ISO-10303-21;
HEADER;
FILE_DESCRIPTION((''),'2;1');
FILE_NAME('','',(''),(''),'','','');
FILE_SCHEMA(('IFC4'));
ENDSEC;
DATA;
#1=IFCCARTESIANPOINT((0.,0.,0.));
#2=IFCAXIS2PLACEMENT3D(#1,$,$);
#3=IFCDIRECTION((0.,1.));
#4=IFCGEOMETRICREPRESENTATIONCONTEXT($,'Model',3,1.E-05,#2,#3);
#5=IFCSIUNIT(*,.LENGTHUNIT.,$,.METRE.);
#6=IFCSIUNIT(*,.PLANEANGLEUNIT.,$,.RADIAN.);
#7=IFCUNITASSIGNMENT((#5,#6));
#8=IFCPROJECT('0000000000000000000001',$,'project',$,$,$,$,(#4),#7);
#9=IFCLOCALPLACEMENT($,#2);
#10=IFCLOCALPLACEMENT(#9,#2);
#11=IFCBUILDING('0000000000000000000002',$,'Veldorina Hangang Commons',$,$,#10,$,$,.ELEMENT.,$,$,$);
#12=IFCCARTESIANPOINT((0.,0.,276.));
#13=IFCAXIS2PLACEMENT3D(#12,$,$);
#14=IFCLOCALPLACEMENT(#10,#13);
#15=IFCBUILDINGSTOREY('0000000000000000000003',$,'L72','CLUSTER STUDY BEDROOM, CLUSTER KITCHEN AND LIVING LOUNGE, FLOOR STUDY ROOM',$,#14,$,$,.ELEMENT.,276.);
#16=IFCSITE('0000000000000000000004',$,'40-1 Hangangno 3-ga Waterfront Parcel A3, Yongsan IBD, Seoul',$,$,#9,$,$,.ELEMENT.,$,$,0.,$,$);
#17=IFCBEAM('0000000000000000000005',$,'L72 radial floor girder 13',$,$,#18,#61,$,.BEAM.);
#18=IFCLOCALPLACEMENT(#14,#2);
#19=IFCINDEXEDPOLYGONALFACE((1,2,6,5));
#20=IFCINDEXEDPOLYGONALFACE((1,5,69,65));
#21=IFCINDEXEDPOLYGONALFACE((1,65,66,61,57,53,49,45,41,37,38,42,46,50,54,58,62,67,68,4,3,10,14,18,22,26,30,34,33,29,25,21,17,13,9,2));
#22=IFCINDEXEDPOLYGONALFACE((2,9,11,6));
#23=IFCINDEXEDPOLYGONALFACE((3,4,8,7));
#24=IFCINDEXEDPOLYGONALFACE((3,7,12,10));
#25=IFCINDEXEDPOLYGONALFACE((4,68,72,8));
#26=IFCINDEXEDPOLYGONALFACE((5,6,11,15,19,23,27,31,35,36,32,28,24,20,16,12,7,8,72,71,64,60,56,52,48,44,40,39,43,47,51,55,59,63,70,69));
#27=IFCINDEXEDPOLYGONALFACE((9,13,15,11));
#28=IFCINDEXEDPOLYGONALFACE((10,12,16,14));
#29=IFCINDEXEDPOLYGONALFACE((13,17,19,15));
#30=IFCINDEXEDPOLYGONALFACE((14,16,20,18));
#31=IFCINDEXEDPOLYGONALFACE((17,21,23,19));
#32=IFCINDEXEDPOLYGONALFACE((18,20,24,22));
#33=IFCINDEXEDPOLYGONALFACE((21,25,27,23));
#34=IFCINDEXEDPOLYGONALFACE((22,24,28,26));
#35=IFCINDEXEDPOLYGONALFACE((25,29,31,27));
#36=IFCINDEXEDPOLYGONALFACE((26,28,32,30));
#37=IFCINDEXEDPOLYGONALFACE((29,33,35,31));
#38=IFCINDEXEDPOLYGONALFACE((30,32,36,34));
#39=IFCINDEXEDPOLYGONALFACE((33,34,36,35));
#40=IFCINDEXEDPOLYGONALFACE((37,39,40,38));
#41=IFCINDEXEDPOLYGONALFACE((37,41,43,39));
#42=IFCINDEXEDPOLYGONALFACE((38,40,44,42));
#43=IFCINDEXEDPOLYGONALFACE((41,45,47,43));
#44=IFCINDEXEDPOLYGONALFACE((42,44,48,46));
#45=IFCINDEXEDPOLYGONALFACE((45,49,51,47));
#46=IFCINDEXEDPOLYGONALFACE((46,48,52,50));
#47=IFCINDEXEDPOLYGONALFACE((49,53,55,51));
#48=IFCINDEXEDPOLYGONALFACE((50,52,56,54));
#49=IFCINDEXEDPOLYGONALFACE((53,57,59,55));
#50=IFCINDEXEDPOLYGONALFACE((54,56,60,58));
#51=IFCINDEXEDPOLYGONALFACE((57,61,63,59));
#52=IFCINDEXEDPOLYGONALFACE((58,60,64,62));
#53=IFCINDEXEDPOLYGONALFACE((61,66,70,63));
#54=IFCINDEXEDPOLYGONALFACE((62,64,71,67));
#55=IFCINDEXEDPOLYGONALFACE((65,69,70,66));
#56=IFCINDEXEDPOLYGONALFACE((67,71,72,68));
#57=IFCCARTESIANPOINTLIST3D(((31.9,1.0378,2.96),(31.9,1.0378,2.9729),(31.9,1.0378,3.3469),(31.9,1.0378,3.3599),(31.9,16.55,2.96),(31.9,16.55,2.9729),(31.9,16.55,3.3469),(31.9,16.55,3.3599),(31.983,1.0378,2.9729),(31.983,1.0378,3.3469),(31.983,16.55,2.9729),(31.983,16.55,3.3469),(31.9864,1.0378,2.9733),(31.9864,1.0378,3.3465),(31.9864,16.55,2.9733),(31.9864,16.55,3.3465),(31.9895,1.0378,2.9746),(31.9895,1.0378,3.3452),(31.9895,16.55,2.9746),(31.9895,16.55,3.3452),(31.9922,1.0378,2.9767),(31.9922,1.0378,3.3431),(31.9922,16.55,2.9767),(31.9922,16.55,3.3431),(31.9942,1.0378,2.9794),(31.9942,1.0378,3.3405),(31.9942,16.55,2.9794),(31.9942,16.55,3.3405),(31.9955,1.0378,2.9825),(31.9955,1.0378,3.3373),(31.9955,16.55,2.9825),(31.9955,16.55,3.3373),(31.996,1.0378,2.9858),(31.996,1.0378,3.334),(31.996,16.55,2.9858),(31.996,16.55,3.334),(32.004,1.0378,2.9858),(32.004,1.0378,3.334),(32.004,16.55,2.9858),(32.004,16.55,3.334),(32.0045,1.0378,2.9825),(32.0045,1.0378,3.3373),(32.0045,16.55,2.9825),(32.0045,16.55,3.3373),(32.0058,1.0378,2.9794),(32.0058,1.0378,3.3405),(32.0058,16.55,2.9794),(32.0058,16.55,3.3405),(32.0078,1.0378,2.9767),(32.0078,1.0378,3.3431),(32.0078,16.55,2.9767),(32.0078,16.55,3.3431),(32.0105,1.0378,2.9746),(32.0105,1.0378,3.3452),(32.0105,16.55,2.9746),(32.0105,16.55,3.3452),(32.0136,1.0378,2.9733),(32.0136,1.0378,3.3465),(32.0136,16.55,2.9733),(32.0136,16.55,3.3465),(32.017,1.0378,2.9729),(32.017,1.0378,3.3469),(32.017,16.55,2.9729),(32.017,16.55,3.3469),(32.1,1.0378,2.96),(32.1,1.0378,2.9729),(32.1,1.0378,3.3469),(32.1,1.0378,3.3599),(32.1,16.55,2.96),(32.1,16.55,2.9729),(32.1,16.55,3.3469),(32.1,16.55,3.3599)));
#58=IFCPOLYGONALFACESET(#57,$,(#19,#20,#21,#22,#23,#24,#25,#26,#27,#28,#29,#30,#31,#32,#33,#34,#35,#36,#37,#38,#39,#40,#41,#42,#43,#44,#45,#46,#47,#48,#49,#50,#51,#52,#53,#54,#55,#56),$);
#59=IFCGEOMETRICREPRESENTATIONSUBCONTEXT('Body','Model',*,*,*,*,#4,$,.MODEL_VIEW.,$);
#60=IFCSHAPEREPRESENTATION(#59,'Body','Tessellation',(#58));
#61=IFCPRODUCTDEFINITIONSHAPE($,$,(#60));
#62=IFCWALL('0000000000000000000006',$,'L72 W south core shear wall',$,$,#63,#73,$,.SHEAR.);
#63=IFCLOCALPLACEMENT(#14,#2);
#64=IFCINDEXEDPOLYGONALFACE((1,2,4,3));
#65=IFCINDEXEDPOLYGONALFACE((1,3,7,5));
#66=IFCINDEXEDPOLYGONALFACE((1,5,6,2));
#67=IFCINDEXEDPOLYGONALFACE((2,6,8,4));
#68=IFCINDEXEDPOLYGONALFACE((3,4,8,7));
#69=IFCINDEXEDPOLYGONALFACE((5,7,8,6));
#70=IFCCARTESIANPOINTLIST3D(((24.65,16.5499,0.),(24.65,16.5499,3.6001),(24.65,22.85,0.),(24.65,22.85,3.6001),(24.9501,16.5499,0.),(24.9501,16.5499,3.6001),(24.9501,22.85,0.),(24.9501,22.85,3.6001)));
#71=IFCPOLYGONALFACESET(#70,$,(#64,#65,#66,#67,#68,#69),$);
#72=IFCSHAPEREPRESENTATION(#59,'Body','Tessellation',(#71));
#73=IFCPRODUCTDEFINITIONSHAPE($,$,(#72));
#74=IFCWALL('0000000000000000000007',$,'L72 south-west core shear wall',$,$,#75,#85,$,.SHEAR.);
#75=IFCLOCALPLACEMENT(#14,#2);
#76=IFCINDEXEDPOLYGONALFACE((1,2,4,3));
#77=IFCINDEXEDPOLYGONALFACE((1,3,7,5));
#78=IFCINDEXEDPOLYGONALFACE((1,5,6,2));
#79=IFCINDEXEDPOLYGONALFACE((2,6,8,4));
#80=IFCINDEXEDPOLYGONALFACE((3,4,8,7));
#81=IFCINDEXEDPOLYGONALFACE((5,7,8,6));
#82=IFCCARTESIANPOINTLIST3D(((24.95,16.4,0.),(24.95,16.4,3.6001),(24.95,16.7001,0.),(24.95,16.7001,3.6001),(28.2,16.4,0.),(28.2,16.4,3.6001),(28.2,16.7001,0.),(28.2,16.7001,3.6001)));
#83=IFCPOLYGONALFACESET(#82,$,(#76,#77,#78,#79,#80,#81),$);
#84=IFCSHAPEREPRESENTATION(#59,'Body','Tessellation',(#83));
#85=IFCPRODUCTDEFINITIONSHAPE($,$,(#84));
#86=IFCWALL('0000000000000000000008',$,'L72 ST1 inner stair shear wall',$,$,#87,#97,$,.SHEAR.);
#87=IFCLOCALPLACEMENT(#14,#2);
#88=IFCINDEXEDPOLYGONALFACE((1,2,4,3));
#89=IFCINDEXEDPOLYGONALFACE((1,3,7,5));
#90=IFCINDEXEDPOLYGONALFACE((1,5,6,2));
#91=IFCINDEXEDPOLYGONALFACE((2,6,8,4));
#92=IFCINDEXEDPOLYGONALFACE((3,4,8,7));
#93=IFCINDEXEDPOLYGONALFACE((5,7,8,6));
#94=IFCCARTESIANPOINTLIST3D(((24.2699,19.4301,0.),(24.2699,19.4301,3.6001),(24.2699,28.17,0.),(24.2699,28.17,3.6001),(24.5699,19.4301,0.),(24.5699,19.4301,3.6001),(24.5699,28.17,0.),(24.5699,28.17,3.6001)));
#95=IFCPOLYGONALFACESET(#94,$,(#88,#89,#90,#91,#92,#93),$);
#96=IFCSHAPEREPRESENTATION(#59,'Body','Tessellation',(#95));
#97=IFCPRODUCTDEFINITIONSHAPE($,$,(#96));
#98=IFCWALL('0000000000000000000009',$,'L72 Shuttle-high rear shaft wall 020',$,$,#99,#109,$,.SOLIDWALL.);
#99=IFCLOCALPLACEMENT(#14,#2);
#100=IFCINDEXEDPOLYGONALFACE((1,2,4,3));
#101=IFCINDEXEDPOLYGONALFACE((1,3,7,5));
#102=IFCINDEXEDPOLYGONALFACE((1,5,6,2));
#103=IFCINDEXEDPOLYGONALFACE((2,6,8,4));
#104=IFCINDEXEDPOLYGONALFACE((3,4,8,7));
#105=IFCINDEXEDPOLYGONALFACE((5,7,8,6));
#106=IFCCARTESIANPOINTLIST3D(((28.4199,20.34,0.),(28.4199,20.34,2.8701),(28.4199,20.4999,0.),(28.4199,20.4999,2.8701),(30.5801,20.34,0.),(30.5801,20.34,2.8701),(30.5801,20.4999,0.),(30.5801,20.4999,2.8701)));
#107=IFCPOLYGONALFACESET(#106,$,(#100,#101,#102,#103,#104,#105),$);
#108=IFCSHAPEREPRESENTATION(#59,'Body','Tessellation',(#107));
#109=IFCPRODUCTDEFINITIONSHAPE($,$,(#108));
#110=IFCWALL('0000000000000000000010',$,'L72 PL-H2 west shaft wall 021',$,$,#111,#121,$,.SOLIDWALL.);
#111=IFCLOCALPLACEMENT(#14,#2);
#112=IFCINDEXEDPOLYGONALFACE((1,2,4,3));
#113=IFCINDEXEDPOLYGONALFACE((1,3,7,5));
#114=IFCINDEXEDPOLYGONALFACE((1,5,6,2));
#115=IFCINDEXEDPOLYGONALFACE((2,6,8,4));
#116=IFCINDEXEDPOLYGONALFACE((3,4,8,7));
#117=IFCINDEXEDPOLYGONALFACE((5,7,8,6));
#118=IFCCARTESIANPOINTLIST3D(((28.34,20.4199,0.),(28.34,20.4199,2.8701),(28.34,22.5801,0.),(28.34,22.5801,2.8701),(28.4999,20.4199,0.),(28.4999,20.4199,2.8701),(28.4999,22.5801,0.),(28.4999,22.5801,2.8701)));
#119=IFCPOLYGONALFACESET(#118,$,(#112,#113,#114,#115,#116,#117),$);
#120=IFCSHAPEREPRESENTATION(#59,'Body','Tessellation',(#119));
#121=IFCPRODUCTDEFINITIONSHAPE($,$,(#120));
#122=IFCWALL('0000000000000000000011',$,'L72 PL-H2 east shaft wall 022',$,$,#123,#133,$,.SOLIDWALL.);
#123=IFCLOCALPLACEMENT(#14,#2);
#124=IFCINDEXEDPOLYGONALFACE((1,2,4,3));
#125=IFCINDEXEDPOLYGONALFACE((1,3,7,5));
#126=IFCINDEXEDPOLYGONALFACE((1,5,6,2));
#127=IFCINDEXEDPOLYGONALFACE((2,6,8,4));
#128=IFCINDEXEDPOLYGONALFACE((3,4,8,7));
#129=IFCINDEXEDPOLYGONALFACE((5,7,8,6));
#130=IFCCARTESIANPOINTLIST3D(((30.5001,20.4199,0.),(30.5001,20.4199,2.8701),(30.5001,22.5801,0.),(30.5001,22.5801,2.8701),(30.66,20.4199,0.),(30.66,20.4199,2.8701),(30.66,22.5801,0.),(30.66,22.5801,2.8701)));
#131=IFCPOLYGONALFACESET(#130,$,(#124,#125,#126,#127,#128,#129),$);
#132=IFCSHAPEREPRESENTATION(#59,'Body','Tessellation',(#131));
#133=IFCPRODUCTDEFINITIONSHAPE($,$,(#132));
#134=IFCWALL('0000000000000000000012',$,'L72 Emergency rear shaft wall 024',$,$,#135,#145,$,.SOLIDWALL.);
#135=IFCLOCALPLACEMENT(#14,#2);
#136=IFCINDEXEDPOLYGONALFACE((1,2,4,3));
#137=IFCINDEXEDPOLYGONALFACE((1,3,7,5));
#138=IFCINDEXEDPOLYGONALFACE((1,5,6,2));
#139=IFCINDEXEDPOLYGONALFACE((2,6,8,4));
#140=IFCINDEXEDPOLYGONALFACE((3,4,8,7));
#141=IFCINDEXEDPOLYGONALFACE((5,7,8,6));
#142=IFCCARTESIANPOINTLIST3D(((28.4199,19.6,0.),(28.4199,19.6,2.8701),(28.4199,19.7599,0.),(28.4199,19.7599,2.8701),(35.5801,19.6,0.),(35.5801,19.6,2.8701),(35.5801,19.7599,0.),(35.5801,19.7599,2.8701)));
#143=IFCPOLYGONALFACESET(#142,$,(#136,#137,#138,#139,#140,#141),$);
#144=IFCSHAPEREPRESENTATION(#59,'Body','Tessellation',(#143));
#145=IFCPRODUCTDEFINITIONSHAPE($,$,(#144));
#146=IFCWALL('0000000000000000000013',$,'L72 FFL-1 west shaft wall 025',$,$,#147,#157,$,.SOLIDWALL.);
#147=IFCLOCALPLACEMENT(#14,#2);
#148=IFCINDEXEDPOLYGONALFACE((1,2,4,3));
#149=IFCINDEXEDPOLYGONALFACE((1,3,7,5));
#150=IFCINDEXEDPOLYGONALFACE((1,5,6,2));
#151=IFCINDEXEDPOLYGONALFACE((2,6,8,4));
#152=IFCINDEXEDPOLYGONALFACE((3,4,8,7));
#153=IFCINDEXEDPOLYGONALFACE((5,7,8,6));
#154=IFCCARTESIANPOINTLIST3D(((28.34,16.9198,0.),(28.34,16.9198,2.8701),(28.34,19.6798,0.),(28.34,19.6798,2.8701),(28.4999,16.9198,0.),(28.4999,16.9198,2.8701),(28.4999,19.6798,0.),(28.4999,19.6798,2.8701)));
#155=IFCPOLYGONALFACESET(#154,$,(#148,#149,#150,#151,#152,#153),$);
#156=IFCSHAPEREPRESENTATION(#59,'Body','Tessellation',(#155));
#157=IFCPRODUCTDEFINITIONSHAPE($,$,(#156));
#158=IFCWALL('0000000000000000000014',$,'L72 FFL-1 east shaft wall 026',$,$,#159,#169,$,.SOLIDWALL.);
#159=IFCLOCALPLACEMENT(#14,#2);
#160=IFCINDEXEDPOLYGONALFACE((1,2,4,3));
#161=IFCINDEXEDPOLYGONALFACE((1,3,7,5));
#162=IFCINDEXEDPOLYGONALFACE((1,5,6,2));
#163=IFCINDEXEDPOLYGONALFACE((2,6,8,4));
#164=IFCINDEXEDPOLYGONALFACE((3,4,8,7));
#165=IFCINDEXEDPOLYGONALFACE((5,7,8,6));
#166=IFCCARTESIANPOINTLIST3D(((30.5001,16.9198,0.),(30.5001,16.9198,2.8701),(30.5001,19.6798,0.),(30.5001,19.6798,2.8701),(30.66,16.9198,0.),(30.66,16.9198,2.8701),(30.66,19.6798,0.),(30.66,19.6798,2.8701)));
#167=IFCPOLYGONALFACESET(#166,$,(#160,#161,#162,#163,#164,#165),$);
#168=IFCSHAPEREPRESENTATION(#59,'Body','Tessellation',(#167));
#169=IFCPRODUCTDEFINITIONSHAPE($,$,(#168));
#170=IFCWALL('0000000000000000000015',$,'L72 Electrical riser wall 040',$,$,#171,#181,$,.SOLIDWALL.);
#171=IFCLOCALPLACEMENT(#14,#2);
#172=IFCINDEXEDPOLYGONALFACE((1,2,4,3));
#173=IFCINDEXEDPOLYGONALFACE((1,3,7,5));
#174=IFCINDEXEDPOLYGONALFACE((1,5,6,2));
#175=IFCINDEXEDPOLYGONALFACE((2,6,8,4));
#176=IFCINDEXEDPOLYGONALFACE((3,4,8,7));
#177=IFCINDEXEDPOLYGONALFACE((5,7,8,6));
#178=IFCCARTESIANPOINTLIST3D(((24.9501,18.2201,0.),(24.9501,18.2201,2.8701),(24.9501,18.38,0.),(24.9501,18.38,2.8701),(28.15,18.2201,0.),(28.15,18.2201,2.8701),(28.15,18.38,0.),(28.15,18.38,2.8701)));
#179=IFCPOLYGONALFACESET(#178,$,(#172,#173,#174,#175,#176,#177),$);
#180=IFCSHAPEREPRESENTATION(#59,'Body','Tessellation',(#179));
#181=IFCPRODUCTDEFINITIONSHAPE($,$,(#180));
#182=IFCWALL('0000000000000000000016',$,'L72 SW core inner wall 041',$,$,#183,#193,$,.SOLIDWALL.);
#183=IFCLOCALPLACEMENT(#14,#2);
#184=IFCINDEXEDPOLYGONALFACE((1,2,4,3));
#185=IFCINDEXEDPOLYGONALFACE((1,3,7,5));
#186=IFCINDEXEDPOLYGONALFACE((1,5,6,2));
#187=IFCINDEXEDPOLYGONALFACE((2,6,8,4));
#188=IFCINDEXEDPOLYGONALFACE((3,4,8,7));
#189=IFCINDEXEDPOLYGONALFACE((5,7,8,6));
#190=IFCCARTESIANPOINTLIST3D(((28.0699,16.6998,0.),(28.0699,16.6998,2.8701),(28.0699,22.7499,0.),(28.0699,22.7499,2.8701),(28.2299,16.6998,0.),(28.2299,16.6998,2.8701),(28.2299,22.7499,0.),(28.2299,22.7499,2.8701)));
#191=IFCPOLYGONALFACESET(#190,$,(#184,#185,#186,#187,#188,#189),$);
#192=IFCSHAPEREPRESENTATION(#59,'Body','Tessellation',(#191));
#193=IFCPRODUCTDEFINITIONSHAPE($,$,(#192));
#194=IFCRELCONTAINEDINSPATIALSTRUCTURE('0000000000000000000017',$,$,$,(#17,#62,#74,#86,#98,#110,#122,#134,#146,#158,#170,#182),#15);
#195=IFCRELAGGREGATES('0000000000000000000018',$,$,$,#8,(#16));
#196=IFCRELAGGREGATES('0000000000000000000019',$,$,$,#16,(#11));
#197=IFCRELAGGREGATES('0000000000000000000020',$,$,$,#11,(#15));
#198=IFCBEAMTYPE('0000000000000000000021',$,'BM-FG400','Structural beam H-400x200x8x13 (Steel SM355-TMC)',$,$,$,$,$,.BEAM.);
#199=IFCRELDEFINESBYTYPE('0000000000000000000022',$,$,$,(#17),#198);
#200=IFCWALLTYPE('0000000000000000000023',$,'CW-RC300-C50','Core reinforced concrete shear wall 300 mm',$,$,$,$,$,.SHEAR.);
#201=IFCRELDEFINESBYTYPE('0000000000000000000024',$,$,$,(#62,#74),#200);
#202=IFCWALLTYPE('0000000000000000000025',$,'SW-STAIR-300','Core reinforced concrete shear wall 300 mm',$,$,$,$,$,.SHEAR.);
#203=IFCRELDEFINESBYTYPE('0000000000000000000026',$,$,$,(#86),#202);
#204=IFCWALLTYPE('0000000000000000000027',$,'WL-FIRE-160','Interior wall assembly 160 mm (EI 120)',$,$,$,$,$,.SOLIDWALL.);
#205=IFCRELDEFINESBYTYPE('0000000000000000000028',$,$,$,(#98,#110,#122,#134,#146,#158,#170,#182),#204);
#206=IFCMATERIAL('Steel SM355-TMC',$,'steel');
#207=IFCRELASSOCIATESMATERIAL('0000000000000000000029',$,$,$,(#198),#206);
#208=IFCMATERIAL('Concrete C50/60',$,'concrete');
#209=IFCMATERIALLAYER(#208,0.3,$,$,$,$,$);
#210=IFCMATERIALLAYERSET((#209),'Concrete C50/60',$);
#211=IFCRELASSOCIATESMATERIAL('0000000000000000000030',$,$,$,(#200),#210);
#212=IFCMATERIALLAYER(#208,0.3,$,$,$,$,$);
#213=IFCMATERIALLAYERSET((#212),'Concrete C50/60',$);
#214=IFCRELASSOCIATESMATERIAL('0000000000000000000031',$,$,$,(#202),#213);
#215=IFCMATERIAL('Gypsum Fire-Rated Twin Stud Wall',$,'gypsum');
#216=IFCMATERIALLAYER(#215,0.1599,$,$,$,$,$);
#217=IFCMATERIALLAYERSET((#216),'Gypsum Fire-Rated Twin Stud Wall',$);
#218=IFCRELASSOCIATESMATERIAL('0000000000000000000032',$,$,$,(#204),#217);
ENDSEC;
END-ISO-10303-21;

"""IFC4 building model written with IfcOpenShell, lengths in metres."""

from ifc_helpers import new_model, si_unit, direction, frame, frame_2d, origin, origin_2d, place, context, subcontext, project, spatial, rectangle, i_section, extrude, material, layer, layer_set, material_profile, profile_set, type_object, element, save


model = new_model("IFC4")

# Units and contexts
model_context = context("Model", 3, precision=1e-05, world=origin(), true_north=direction((0.0, 1.0)))
body_context = subcontext(model_context, "Body", "Model", "MODEL_VIEW")
ifc_project = project(units=[si_unit("LENGTHUNIT", "METRE"), si_unit("PLANEANGLEUNIT", "RADIAN")], contexts=[model_context])

# Site, building, storey
site_placement = place(None, origin())
site = spatial("IfcSite", under=ifc_project, at=site_placement, Name="40-1 Hangangno 3-ga Waterfront Parcel A3, Yongsan IBD, Seoul", CompositionType="ELEMENT", RefElevation=0.0)
building_placement = place(site_placement, origin())
building = spatial("IfcBuilding", under=site, at=building_placement, Name="Veldorina Hangang Commons", CompositionType="ELEMENT")
storey_placement = place(building_placement, frame((0.0, 0.0, 276.0)))
storey = spatial("IfcBuildingStorey", under=building, at=storey_placement, Name="L72", Description="CLUSTER STUDY BEDROOM, CLUSTER KITCHEN AND LIVING LOUNGE, FLOOR STUDY ROOM", CompositionType="ELEMENT", Elevation=276.0)

# Beam
ifc_material_1 = material(Name="Concrete C50/60", Category="concrete")
ifc_material_2 = material(Name="Steel SM355-TMC", Category="steel")
ifc_material_profile_1 = material_profile(ifc_material_2, i_section(OverallWidth=0.2, OverallDepth=0.3999, WebThickness=0.0081, FlangeThickness=0.0129, FilletRadius=0.0129, at=origin_2d()), Name="H-400x200x8x13")
ifc_profile_set_1 = profile_set([ifc_material_profile_1], Name="Steel SM355-TMC")
beam_type_1 = type_object("IfcBeamType", Name="BM-FG400", Description="Structural beam H-400x200x8x13 (Steel SM355-TMC)", PredefinedType="BEAM", material=ifc_profile_set_1)
beam_1_placement = place(storey_placement, frame((32.0, 16.55, 3.1599), z_axis=(0.0, -1.0, 0.0), x_axis=(1.0, 0.0, 0.0)))
element("IfcBeam", 1, at=beam_1_placement, inside=storey, type_object=beam_type_1, Name="L72 radial floor girder 13", PredefinedType="BEAM", context=body_context, shape_type="SweptSolid", body=[
    extrude(i_section(OverallWidth=0.2, OverallDepth=0.3999, WebThickness=0.0081, FlangeThickness=0.0129, FilletRadius=0.0129, at=origin_2d()), origin(), (0.0, 0.0, 1.0), 15.5122),
])

# Walls
ifc_layer_1 = layer(ifc_material_1, 0.3)
ifc_layer_set_1 = layer_set([ifc_layer_1], Name="Concrete C50/60")
wall_type_1 = type_object("IfcWallType", Name="CW-RC300-C50", Description="Core reinforced concrete shear wall 300 mm", PredefinedType="SHEAR", material=ifc_layer_set_1)
wall_1_placement = place(storey_placement, frame((24.8, 16.55, 0.0), z_axis=(0.0, 0.0, 1.0), x_axis=(0.0, 1.0, 0.0)))
element("IfcWall", 2, at=wall_1_placement, inside=storey, type_object=wall_type_1, Name="L72 W south core shear wall", PredefinedType="SHEAR", context=body_context, shape_type="SweptSolid", body=[
    extrude(rectangle(XDim=6.3, YDim=0.3, at=frame_2d((3.1499, 0.0))), origin(), (0.0, 0.0, 1.0), 3.6001),
])
wall_2_placement = place(storey_placement, frame((24.95, 16.55, 0.0), z_axis=(0.0, 0.0, 1.0), x_axis=(1.0, 0.0, 0.0)))
element("IfcWall", 3, at=wall_2_placement, inside=storey, type_object=wall_type_1, Name="L72 south-west core shear wall", PredefinedType="SHEAR", context=body_context, shape_type="SweptSolid", body=[
    extrude(rectangle(XDim=3.25, YDim=0.3, at=frame_2d((1.625, 0.0))), origin(), (0.0, 0.0, 1.0), 3.6001),
])
ifc_layer_2 = layer(ifc_material_1, 0.3)
ifc_layer_set_2 = layer_set([ifc_layer_2], Name="Concrete C50/60")
wall_type_2 = type_object("IfcWallType", Name="SW-STAIR-300", Description="Core reinforced concrete shear wall 300 mm", PredefinedType="SHEAR", material=ifc_layer_set_2)
wall_3_placement = place(storey_placement, frame((24.4199, 19.4299, 0.0), z_axis=(0.0, 0.0, 1.0), x_axis=(0.0, 1.0, 0.0)))
element("IfcWall", 4, at=wall_3_placement, inside=storey, type_object=wall_type_2, Name="L72 ST1 inner stair shear wall", PredefinedType="SHEAR", context=body_context, shape_type="SweptSolid", body=[
    extrude(rectangle(XDim=8.74, YDim=0.3, at=frame_2d((4.3701, 0.0))), origin(), (0.0, 0.0, 1.0), 3.6001),
])

# Shared definitions
ifc_material_3 = material(Name="Gypsum Fire-Rated Twin Stud Wall", Category="gypsum")
ifc_layer_3 = layer(ifc_material_3, 0.1599)
ifc_layer_set_3 = layer_set([ifc_layer_3], Name="Gypsum Fire-Rated Twin Stud Wall")
wall_type_3 = type_object("IfcWallType", Name="WL-FIRE-160", Description="Interior wall assembly 160 mm (EI 120)", PredefinedType="SOLIDWALL", material=ifc_layer_set_3)

# Walls
for number, where, z_axis, x_axis, name in (
    (5, (28.4199, 20.4199, 0.0), (0.0, 0.0, 1.0), (1.0, 0.0, 0.0), "L72 Shuttle-high rear shaft wall 020"),
    (6, (28.4199, 20.4199, 0.0), (0.0, 0.0, 1.0), (0.0, 1.0, 0.0), "L72 PL-H2 west shaft wall 021"),
    (7, (30.5801, 20.4199, 0.0), (0.0, 0.0, 1.0), (0.0, 1.0, 0.0), "L72 PL-H2 east shaft wall 022"),
):
    element("IfcWall", number, at=place(storey_placement, frame(where, z_axis=z_axis, x_axis=x_axis)), inside=storey, type_object=wall_type_3, Name=name, PredefinedType="SOLIDWALL", context=body_context, shape_type="SweptSolid", body=[
        extrude(rectangle(XDim=2.1602, YDim=0.1599, at=frame_2d((1.0801, 0.0))), origin(), (0.0, 0.0, 1.0), 2.8701),
    ])

# Walls
wall_4_placement = place(storey_placement, frame((28.4199, 19.6799, 0.0), z_axis=(0.0, 0.0, 1.0), x_axis=(1.0, 0.0, 0.0)))
element("IfcWall", 8, at=wall_4_placement, inside=storey, type_object=wall_type_3, Name="L72 Emergency rear shaft wall 024", PredefinedType="SOLIDWALL", context=body_context, shape_type="SweptSolid", body=[
    extrude(rectangle(XDim=7.1602, YDim=0.1599, at=frame_2d((3.5801, 0.0))), origin(), (0.0, 0.0, 1.0), 2.8701),
])
for number, where, z_axis, x_axis, name in (
    (9, (28.4199, 16.9199, 0.0), (0.0, 0.0, 1.0), (0.0, 1.0, 0.0), "L72 FFL-1 west shaft wall 025"),
    (10, (30.5801, 16.9199, 0.0), (0.0, 0.0, 1.0), (0.0, 1.0, 0.0), "L72 FFL-1 east shaft wall 026"),
):
    element("IfcWall", number, at=place(storey_placement, frame(where, z_axis=z_axis, x_axis=x_axis)), inside=storey, type_object=wall_type_3, Name=name, PredefinedType="SOLIDWALL", context=body_context, shape_type="SweptSolid", body=[
        extrude(rectangle(XDim=2.76, YDim=0.1599, at=frame_2d((1.3799, 0.0))), origin(), (0.0, 0.0, 1.0), 2.8701),
    ])
wall_5_placement = place(storey_placement, frame((24.95, 18.3, 0.0), z_axis=(0.0, 0.0, 1.0), x_axis=(1.0, 0.0, 0.0)))
element("IfcWall", 11, at=wall_5_placement, inside=storey, type_object=wall_type_3, Name="L72 Electrical riser wall 040", PredefinedType="SOLIDWALL", context=body_context, shape_type="SweptSolid", body=[
    extrude(rectangle(XDim=3.2, YDim=0.1599, at=frame_2d((1.6001, 0.0))), origin(), (0.0, 0.0, 1.0), 2.8701),
])
wall_6_placement = place(storey_placement, frame((28.1499, 16.7, 0.0), z_axis=(0.0, 0.0, 1.0), x_axis=(0.0, 1.0, 0.0)))
element("IfcWall", 12, at=wall_6_placement, inside=storey, type_object=wall_type_3, Name="L72 SW core inner wall 041", PredefinedType="SOLIDWALL", context=body_context, shape_type="SweptSolid", body=[
    extrude(rectangle(XDim=6.05, YDim=0.1599, at=frame_2d((3.0249, 0.0))), origin(), (0.0, 0.0, 1.0), 2.8701),
])

save(model, "model.ifc")
